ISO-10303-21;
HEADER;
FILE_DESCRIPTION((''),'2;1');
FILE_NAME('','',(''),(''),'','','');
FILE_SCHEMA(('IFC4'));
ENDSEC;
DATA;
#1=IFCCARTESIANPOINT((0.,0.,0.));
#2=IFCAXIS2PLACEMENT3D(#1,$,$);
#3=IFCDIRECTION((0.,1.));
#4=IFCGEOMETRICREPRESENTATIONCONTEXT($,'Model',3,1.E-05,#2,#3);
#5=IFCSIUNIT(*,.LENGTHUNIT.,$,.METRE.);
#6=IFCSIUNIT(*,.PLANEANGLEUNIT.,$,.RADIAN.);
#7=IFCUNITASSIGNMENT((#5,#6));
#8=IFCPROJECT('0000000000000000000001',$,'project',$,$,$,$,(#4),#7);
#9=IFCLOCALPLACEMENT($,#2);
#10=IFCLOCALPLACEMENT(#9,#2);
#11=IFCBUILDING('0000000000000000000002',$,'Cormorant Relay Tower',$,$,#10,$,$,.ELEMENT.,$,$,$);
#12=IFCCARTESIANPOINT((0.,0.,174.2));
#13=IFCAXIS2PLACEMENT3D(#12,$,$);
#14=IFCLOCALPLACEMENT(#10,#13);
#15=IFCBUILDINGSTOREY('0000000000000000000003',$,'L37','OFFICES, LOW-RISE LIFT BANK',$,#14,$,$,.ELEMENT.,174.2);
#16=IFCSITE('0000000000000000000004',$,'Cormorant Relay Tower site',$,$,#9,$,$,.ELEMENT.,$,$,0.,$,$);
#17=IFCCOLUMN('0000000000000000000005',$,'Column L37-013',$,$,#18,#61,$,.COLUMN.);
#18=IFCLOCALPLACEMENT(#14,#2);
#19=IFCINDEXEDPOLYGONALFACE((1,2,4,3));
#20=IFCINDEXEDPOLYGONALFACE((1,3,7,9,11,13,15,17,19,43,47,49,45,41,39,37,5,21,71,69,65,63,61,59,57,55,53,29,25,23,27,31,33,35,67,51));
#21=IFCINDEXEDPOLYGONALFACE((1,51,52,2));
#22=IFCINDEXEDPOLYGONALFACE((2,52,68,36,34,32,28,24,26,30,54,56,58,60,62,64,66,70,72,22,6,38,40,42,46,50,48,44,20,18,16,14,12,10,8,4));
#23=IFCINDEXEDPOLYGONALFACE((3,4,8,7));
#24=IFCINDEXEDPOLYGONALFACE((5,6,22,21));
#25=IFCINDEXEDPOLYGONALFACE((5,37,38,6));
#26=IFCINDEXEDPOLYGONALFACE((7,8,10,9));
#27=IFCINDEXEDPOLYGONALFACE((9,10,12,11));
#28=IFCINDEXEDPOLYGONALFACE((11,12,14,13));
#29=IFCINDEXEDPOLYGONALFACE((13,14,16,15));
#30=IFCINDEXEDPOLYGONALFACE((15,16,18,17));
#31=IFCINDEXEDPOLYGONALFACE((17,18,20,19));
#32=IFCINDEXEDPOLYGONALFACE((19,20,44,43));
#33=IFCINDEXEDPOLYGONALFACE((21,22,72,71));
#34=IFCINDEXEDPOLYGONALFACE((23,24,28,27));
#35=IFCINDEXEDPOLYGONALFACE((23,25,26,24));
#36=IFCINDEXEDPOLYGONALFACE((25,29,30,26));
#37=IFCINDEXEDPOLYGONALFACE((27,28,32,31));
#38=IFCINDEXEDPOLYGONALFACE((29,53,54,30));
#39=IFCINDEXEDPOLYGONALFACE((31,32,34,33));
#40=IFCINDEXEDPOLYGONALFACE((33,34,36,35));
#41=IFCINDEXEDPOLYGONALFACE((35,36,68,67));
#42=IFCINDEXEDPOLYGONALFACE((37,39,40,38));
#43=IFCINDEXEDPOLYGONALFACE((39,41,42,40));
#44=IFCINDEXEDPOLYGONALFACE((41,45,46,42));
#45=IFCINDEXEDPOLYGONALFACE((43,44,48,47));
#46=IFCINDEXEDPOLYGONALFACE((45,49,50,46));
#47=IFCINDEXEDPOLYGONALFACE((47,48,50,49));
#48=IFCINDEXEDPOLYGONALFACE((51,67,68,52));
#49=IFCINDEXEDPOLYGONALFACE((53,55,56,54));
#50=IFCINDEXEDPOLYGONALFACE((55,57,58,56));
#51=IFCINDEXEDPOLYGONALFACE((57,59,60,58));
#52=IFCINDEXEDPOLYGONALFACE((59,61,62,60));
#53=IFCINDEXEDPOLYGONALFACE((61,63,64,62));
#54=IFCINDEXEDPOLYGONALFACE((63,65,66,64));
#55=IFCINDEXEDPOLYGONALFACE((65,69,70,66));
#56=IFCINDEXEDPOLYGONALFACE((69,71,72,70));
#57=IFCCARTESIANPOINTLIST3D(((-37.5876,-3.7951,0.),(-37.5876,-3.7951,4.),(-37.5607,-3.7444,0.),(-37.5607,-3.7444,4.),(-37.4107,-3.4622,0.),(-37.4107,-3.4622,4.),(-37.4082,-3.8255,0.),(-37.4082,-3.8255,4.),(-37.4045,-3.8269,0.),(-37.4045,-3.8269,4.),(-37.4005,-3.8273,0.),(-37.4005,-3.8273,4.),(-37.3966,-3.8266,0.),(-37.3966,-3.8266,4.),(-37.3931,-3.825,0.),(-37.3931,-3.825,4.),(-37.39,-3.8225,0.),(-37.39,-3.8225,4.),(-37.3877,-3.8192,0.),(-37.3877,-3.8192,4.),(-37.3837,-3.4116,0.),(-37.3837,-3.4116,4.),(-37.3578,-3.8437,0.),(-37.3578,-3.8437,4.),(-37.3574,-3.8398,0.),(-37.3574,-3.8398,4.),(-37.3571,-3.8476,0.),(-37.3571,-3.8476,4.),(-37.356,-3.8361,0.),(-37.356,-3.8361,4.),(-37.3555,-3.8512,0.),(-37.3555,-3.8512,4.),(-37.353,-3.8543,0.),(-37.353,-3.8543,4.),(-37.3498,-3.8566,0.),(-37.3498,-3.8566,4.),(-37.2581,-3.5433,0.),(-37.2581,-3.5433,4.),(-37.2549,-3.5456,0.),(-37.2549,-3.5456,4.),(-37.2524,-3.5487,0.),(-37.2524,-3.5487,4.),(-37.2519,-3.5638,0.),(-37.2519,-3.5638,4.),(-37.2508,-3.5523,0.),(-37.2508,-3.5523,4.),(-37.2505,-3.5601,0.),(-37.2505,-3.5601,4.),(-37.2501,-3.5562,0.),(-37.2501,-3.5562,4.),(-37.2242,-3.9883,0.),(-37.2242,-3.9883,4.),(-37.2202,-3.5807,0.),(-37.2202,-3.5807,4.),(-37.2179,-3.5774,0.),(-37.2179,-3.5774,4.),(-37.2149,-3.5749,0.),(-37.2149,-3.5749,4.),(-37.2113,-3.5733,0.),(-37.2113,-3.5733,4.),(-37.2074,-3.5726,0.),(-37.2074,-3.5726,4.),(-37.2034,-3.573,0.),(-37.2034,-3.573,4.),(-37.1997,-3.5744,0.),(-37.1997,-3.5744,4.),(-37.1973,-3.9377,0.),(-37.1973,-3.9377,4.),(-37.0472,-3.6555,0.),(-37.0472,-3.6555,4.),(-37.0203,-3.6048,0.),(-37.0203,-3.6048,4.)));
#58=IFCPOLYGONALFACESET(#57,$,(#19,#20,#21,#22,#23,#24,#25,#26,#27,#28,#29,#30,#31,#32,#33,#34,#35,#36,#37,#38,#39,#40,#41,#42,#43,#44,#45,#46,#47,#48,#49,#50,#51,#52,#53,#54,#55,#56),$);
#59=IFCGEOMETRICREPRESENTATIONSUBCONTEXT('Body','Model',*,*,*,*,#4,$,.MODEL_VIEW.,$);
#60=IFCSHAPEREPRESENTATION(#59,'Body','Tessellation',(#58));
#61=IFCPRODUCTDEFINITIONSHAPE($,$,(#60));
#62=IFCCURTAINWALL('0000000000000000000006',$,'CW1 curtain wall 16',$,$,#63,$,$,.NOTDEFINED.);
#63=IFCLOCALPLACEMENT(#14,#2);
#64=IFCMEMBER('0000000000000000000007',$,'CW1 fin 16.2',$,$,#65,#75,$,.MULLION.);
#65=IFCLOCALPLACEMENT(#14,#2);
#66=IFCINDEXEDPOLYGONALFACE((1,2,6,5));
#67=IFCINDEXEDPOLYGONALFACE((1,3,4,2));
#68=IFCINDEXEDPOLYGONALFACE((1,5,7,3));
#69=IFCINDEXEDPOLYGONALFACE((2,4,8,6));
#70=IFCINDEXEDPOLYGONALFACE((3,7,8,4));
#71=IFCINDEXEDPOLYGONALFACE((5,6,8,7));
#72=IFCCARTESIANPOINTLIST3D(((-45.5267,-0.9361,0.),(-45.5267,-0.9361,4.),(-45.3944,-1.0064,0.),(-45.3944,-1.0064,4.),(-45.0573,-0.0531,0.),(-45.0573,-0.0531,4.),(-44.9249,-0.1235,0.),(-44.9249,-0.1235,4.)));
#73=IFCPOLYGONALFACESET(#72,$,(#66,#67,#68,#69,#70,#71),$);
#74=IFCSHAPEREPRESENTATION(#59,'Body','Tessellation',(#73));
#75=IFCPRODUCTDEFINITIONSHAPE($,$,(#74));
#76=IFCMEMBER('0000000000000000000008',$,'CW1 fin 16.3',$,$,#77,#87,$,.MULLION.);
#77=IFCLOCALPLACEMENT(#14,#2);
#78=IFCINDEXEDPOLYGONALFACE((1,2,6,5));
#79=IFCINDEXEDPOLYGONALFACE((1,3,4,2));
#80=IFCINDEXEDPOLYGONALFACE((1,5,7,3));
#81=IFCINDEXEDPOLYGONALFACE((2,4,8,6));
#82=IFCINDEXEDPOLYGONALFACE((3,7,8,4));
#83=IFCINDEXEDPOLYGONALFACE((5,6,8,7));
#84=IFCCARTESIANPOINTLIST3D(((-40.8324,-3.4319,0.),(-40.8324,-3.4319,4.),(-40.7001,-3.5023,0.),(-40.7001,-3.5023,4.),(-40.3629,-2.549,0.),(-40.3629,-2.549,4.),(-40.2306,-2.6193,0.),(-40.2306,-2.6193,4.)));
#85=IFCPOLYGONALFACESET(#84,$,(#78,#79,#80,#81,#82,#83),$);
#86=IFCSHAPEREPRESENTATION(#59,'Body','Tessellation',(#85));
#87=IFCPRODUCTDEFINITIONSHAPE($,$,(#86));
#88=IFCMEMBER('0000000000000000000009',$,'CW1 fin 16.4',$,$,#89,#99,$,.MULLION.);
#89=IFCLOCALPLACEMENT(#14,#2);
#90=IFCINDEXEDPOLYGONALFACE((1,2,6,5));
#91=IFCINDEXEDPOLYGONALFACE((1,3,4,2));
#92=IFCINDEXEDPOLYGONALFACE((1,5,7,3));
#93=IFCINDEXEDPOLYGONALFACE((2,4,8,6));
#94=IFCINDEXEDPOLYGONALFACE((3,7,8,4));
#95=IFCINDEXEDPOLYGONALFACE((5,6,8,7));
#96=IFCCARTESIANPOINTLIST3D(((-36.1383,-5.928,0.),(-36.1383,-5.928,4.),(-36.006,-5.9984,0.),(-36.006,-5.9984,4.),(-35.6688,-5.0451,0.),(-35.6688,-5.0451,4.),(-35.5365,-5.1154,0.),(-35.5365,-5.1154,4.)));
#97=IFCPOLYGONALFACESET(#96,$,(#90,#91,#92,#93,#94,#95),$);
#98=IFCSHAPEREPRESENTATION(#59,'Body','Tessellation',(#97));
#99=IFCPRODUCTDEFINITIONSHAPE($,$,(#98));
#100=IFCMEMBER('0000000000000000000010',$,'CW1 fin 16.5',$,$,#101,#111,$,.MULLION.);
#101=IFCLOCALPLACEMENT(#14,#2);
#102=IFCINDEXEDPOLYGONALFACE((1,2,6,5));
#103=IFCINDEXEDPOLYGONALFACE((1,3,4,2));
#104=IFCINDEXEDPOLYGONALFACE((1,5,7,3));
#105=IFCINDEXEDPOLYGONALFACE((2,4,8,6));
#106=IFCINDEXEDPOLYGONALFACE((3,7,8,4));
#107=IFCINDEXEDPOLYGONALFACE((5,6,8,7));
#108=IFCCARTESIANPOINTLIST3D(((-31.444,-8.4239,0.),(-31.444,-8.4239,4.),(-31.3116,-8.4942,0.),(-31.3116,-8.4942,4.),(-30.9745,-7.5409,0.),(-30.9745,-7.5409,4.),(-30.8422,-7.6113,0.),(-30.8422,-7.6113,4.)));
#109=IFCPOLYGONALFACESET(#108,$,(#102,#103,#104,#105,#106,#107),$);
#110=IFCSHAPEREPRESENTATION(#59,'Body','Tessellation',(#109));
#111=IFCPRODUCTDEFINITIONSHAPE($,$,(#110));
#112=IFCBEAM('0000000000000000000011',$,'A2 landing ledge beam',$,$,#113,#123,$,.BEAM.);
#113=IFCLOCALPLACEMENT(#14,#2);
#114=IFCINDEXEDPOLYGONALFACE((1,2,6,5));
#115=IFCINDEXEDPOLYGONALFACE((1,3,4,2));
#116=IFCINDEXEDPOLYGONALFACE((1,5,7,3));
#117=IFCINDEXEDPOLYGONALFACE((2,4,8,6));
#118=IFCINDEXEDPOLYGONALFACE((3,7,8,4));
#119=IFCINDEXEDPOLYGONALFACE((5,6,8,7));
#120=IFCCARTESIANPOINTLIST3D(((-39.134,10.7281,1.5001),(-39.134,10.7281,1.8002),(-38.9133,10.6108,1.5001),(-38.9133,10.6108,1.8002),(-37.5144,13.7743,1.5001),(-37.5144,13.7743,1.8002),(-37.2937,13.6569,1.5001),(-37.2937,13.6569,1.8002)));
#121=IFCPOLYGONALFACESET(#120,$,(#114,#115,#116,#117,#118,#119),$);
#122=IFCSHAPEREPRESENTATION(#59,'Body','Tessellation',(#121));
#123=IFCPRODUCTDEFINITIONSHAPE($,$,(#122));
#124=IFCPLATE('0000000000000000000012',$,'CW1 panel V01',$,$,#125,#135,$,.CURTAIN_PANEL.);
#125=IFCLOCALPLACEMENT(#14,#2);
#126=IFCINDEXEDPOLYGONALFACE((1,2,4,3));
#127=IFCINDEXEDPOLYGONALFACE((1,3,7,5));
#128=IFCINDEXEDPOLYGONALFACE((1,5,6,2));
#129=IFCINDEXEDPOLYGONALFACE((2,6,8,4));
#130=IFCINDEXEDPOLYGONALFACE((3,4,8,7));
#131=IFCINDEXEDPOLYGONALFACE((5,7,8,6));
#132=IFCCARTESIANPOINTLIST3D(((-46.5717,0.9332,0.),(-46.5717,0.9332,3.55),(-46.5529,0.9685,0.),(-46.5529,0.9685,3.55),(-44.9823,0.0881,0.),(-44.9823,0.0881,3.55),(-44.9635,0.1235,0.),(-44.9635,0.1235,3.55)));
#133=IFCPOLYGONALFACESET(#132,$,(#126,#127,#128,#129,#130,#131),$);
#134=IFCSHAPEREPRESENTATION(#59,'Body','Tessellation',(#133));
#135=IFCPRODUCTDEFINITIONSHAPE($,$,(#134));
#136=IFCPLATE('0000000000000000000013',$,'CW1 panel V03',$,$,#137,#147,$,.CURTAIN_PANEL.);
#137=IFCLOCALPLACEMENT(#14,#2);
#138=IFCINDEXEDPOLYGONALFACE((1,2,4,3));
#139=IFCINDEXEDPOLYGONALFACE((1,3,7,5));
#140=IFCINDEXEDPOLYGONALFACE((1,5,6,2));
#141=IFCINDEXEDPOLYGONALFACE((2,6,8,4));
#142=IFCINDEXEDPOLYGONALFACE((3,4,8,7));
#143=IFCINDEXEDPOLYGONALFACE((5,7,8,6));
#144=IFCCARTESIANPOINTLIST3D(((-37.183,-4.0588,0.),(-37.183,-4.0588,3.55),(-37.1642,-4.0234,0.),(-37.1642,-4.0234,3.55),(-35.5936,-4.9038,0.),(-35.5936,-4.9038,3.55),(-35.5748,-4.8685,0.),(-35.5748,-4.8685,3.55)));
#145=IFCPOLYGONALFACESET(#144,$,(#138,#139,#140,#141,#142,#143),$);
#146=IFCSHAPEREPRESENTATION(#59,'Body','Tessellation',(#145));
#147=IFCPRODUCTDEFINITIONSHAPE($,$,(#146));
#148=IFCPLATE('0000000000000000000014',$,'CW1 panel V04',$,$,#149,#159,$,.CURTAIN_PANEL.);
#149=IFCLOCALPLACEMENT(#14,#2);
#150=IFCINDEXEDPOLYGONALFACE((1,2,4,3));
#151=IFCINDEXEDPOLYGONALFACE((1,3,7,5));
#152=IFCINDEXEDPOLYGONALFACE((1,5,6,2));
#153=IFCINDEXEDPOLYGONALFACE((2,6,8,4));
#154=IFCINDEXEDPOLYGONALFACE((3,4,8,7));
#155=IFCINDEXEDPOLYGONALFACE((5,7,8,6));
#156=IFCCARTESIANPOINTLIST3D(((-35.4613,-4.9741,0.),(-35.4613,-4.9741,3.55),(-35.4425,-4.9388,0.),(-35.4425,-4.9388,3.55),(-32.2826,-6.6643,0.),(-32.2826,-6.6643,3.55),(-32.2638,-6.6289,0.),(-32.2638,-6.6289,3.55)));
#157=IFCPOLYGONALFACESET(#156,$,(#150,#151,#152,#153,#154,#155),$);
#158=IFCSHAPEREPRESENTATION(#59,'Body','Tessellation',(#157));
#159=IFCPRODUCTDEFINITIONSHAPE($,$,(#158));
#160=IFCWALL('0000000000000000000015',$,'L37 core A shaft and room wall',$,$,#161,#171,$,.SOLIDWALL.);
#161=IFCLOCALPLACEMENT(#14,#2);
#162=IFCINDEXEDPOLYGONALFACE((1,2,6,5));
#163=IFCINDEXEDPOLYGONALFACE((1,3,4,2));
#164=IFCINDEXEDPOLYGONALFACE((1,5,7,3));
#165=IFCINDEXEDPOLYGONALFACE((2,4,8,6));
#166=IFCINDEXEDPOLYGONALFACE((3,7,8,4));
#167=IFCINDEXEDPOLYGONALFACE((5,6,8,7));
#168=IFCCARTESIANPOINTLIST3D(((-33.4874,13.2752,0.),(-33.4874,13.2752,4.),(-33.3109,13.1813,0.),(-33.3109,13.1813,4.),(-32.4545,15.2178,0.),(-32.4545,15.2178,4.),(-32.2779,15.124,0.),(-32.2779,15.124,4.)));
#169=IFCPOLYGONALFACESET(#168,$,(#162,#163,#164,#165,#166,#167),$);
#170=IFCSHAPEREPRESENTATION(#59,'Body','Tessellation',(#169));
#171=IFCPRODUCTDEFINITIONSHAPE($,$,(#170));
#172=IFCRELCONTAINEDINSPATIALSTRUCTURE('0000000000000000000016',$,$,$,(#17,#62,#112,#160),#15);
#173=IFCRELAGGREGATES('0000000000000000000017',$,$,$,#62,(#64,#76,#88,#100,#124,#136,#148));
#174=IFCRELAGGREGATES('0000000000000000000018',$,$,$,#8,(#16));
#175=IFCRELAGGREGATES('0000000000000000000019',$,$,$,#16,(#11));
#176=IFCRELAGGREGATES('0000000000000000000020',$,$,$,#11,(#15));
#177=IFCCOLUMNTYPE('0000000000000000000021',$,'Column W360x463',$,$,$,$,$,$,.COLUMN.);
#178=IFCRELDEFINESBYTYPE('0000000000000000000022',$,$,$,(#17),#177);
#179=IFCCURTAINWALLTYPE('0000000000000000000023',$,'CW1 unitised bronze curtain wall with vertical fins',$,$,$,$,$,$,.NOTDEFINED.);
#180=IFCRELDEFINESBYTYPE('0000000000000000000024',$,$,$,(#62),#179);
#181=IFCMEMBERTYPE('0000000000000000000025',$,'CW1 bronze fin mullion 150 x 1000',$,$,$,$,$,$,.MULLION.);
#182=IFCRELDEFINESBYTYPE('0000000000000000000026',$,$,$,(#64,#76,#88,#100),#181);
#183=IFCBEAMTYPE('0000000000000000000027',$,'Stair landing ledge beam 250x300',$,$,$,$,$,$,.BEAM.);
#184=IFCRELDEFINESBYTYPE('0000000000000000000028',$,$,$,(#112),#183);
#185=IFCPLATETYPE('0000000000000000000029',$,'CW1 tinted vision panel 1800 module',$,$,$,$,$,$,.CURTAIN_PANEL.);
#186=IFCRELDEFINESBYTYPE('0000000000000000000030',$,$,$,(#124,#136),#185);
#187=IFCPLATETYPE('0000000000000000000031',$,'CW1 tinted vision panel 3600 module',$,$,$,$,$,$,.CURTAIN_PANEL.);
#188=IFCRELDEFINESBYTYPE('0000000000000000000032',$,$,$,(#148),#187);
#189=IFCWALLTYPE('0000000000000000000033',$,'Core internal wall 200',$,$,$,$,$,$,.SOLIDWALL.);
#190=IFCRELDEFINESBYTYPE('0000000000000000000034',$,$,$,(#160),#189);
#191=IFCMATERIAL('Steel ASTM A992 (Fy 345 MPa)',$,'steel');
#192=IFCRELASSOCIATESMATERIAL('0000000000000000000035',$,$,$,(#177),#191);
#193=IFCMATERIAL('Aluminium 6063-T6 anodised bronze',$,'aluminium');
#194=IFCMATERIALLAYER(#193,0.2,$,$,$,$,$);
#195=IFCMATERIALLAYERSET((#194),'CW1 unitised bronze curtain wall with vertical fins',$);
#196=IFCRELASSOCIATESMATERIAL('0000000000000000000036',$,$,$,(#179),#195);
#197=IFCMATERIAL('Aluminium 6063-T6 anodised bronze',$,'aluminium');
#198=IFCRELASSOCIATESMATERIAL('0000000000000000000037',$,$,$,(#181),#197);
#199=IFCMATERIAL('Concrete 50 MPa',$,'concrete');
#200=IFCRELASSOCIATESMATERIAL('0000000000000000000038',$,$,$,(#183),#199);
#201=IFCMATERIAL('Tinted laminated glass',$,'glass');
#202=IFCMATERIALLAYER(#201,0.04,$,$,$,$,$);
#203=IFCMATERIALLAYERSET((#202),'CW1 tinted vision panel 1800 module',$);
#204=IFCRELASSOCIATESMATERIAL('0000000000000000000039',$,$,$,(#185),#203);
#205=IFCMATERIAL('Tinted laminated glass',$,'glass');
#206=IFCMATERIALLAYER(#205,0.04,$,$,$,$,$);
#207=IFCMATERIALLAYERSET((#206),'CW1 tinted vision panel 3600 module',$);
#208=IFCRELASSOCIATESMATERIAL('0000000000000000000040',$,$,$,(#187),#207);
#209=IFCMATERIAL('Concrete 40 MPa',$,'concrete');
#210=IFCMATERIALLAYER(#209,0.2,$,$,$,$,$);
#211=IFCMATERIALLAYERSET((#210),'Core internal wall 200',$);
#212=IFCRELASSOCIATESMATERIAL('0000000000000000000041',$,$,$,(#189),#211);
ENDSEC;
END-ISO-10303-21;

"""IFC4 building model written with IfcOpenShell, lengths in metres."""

from ifc_helpers import new_model, si_unit, direction, frame, frame_2d, origin, origin_2d, place, context, subcontext, project, spatial, rectangle, i_section, extrude, material, layer, layer_set, material_profile, profile_set, type_object, element, aggregate, save


model = new_model("IFC4")

# Units and contexts
model_context = context("Model", 3, precision=1e-05, world=origin(), true_north=direction((0.0, 1.0)))
body_context = subcontext(model_context, "Body", "Model", "MODEL_VIEW")
ifc_project = project(units=[si_unit("LENGTHUNIT", "METRE"), si_unit("PLANEANGLEUNIT", "RADIAN")], contexts=[model_context])

# Site, building, storey
site_placement = place(None, origin())
site = spatial("IfcSite", under=ifc_project, at=site_placement, Name="Cormorant Relay Tower site", CompositionType="ELEMENT", RefElevation=0.0)
building_placement = place(site_placement, origin())
building = spatial("IfcBuilding", under=site, at=building_placement, Name="Cormorant Relay Tower", CompositionType="ELEMENT")
storey_placement = place(building_placement, frame((0.0, 0.0, 174.2)))
storey = spatial("IfcBuildingStorey", under=building, at=storey_placement, Name="L37", Description="OFFICES, LOW-RISE LIFT BANK", CompositionType="ELEMENT", Elevation=174.2)

# Column
ifc_material_1 = material(Name="Steel ASTM A992 (Fy 345 MPa)", Category="steel")
ifc_material_profile_1 = material_profile(ifc_material_1, i_section(OverallWidth=0.4116, OverallDepth=0.4343, WebThickness=0.0359, FlangeThickness=0.0574, FilletRadius=0.0151, at=origin_2d()), Name="W360x463")
ifc_profile_set_1 = profile_set([ifc_material_profile_1], Name="Steel ASTM A992 (Fy 345 MPa)")
column_type = type_object("IfcColumnType", Name="Column W360x463", PredefinedType="COLUMN", material=ifc_profile_set_1)
column_placement = place(storey_placement, frame((-37.304, -3.7, 0.0), z_axis=(0.0, 0.0, 1.0), x_axis=(0.882948, -0.469472, 0.0)))
element("IfcColumn", 1, at=column_placement, inside=storey, type_object=column_type, Name="Column L37-013", PredefinedType="COLUMN", context=body_context, shape_type="SweptSolid", body=[
    extrude(i_section(OverallWidth=0.4116, OverallDepth=0.4343, WebThickness=0.0359, FlangeThickness=0.0574, FilletRadius=0.0151, at=origin_2d()), origin(), (0.0, 0.0, 1.0), 4.0),
])

# Curtain wall, members
ifc_material_2 = material(Name="Aluminium 6063-T6 anodised bronze", Category="aluminium")
ifc_layer_1 = layer(ifc_material_2, 0.2)
ifc_layer_set_1 = layer_set([ifc_layer_1], Name="CW1 unitised bronze curtain wall with vertical fins")
curtain_wall_type = type_object("IfcCurtainWallType", Name="CW1 unitised bronze curtain wall with vertical fins", PredefinedType="NOTDEFINED", material=ifc_layer_set_1)
curtain_wall_placement = place(storey_placement, origin())
curtain_wall = element("IfcCurtainWall", 2, at=curtain_wall_placement, inside=storey, type_object=curtain_wall_type, Name="CW1 curtain wall 16", PredefinedType="NOTDEFINED")
ifc_material_3 = material(Name="Aluminium 6063-T6 anodised bronze", Category="aluminium")
ifc_material_profile_2 = material_profile(ifc_material_3, rectangle(XDim=0.1499, YDim=1.0, at=origin_2d()), Name="AL 150x1000")
ifc_profile_set_2 = profile_set([ifc_material_profile_2], Name="Aluminium 6063-T6 anodised bronze")
member_type = type_object("IfcMemberType", Name="CW1 bronze fin mullion 150 x 1000", PredefinedType="MULLION", material=ifc_profile_set_2)
member_1_placement = place(storey_placement, frame((-45.2258, -0.5298, 0.0), z_axis=(0.0, 0.0, 1.0), x_axis=(0.882948, -0.469472, 0.0)))
member_1 = element("IfcMember", 3, at=member_1_placement, type_object=member_type, Name="CW1 fin 16.2", PredefinedType="MULLION", context=body_context, shape_type="SweptSolid", body=[
    extrude(rectangle(XDim=0.1499, YDim=1.0, at=origin_2d()), origin(), (0.0, 0.0, 1.0), 4.0),
])
member_2_placement = place(storey_placement, frame((-40.5315, -3.0256, 0.0), z_axis=(0.0, 0.0, 1.0), x_axis=(0.882948, -0.469472, 0.0)))
member_2 = element("IfcMember", 4, at=member_2_placement, type_object=member_type, Name="CW1 fin 16.3", PredefinedType="MULLION", context=body_context, shape_type="SweptSolid", body=[
    extrude(rectangle(XDim=0.1499, YDim=1.0, at=origin_2d()), origin(), (0.0, 0.0, 1.0), 4.0),
])
member_3_placement = place(storey_placement, frame((-35.8374, -5.5217, 0.0), z_axis=(0.0, 0.0, 1.0), x_axis=(0.882948, -0.469472, 0.0)))
member_3 = element("IfcMember", 5, at=member_3_placement, type_object=member_type, Name="CW1 fin 16.4", PredefinedType="MULLION", context=body_context, shape_type="SweptSolid", body=[
    extrude(rectangle(XDim=0.1499, YDim=1.0, at=origin_2d()), origin(), (0.0, 0.0, 1.0), 4.0),
])
member_4_placement = place(storey_placement, frame((-31.1431, -8.0176, 0.0), z_axis=(0.0, 0.0, 1.0), x_axis=(0.882948, -0.469472, 0.0)))
member_4 = element("IfcMember", 6, at=member_4_placement, type_object=member_type, Name="CW1 fin 16.5", PredefinedType="MULLION", context=body_context, shape_type="SweptSolid", body=[
    extrude(rectangle(XDim=0.1499, YDim=1.0, at=origin_2d()), origin(), (0.0, 0.0, 1.0), 4.0),
])

# Beam
ifc_material_4 = material(Name="Concrete 50 MPa", Category="concrete")
ifc_material_profile_3 = material_profile(ifc_material_4, rectangle(XDim=0.25, YDim=0.3, at=origin_2d()), Name="RC 250x300")
ifc_profile_set_3 = profile_set([ifc_material_profile_3], Name="Concrete 50 MPa")
beam_type = type_object("IfcBeamType", Name="Stair landing ledge beam 250x300", PredefinedType="BEAM", material=ifc_profile_set_3)
beam_placement = place(storey_placement, frame((-37.4041, 13.7156, 1.6501), z_axis=(-0.469464, -0.882952, 0.0), x_axis=(0.882952, -0.469464, 0.0)))
element("IfcBeam", 7, at=beam_placement, inside=storey, type_object=beam_type, Name="A2 landing ledge beam", PredefinedType="BEAM", context=body_context, shape_type="SweptSolid", body=[
    extrude(rectangle(XDim=0.25, YDim=0.3, at=origin_2d()), origin(), (0.0, 0.0, 1.0), 3.45),
])

# Plates
ifc_material_5 = material(Name="Tinted laminated glass", Category="glass")
ifc_layer_2 = layer(ifc_material_5, 0.04)
ifc_layer_set_2 = layer_set([ifc_layer_2], Name="CW1 tinted vision panel 1800 module")
plate_type_1 = type_object("IfcPlateType", Name="CW1 tinted vision panel 1800 module", PredefinedType="CURTAIN_PANEL", material=ifc_layer_set_2)
plate_1_placement = place(storey_placement, frame((-45.7676, 0.5283, 0.0), z_axis=(0.0, 0.0, 1.0), x_axis=(0.882948, -0.469472, 0.0)))
plate_1 = element("IfcPlate", 8, at=plate_1_placement, type_object=plate_type_1, Name="CW1 panel V01", PredefinedType="CURTAIN_PANEL", context=body_context, shape_type="SweptSolid", body=[
    extrude(rectangle(XDim=1.8, YDim=0.04, at=origin_2d()), origin(), (0.0, 0.0, 1.0), 3.55),
])
plate_2_placement = place(storey_placement, frame((-36.3789, -4.4636, 0.0), z_axis=(0.0, 0.0, 1.0), x_axis=(0.882948, -0.469472, 0.0)))
plate_2 = element("IfcPlate", 9, at=plate_2_placement, type_object=plate_type_1, Name="CW1 panel V03", PredefinedType="CURTAIN_PANEL", context=body_context, shape_type="SweptSolid", body=[
    extrude(rectangle(XDim=1.8, YDim=0.04, at=origin_2d()), origin(), (0.0, 0.0, 1.0), 3.55),
])
ifc_material_6 = material(Name="Tinted laminated glass", Category="glass")
ifc_layer_3 = layer(ifc_material_6, 0.04)
ifc_layer_set_3 = layer_set([ifc_layer_3], Name="CW1 tinted vision panel 3600 module")
plate_type_2 = type_object("IfcPlateType", Name="CW1 tinted vision panel 3600 module", PredefinedType="CURTAIN_PANEL", material=ifc_layer_set_3)
plate_3_placement = place(storey_placement, frame((-33.8625, -5.8015, 0.0), z_axis=(0.0, 0.0, 1.0), x_axis=(0.882948, -0.469472, 0.0)))
plate_3 = element("IfcPlate", 10, at=plate_3_placement, type_object=plate_type_2, Name="CW1 panel V04", PredefinedType="CURTAIN_PANEL", context=body_context, shape_type="SweptSolid", body=[
    extrude(rectangle(XDim=3.6001, YDim=0.04, at=origin_2d()), origin(), (0.0, 0.0, 1.0), 3.55),
])

# Wall
ifc_material_7 = material(Name="Concrete 40 MPa", Category="concrete")
ifc_layer_4 = layer(ifc_material_7, 0.2)
ifc_layer_set_4 = layer_set([ifc_layer_4], Name="Core internal wall 200")
wall_type_1 = type_object("IfcWallType", Name="Core internal wall 200", PredefinedType="SOLIDWALL", material=ifc_layer_set_4)
wall_1_placement = place(storey_placement, frame((-32.3662, 15.1709, 0.0), z_axis=(0.0, 0.0, 1.0), x_axis=(-0.469488, -0.882939, 0.0)))
element("IfcWall", 11, at=wall_1_placement, inside=storey, type_object=wall_type_1, Name="L37 core A shaft and room wall", PredefinedType="SOLIDWALL", context=body_context, shape_type="SweptSolid", body=[
    extrude(rectangle(XDim=2.2002, YDim=0.2, at=frame_2d((1.1001, 0.0))), origin(), (0.0, 0.0, 1.0), 4.0),
])

aggregate(curtain_wall, [member_1, member_2, member_3, member_4, plate_1, plate_2, plate_3])

save(model, "model.ifc")
